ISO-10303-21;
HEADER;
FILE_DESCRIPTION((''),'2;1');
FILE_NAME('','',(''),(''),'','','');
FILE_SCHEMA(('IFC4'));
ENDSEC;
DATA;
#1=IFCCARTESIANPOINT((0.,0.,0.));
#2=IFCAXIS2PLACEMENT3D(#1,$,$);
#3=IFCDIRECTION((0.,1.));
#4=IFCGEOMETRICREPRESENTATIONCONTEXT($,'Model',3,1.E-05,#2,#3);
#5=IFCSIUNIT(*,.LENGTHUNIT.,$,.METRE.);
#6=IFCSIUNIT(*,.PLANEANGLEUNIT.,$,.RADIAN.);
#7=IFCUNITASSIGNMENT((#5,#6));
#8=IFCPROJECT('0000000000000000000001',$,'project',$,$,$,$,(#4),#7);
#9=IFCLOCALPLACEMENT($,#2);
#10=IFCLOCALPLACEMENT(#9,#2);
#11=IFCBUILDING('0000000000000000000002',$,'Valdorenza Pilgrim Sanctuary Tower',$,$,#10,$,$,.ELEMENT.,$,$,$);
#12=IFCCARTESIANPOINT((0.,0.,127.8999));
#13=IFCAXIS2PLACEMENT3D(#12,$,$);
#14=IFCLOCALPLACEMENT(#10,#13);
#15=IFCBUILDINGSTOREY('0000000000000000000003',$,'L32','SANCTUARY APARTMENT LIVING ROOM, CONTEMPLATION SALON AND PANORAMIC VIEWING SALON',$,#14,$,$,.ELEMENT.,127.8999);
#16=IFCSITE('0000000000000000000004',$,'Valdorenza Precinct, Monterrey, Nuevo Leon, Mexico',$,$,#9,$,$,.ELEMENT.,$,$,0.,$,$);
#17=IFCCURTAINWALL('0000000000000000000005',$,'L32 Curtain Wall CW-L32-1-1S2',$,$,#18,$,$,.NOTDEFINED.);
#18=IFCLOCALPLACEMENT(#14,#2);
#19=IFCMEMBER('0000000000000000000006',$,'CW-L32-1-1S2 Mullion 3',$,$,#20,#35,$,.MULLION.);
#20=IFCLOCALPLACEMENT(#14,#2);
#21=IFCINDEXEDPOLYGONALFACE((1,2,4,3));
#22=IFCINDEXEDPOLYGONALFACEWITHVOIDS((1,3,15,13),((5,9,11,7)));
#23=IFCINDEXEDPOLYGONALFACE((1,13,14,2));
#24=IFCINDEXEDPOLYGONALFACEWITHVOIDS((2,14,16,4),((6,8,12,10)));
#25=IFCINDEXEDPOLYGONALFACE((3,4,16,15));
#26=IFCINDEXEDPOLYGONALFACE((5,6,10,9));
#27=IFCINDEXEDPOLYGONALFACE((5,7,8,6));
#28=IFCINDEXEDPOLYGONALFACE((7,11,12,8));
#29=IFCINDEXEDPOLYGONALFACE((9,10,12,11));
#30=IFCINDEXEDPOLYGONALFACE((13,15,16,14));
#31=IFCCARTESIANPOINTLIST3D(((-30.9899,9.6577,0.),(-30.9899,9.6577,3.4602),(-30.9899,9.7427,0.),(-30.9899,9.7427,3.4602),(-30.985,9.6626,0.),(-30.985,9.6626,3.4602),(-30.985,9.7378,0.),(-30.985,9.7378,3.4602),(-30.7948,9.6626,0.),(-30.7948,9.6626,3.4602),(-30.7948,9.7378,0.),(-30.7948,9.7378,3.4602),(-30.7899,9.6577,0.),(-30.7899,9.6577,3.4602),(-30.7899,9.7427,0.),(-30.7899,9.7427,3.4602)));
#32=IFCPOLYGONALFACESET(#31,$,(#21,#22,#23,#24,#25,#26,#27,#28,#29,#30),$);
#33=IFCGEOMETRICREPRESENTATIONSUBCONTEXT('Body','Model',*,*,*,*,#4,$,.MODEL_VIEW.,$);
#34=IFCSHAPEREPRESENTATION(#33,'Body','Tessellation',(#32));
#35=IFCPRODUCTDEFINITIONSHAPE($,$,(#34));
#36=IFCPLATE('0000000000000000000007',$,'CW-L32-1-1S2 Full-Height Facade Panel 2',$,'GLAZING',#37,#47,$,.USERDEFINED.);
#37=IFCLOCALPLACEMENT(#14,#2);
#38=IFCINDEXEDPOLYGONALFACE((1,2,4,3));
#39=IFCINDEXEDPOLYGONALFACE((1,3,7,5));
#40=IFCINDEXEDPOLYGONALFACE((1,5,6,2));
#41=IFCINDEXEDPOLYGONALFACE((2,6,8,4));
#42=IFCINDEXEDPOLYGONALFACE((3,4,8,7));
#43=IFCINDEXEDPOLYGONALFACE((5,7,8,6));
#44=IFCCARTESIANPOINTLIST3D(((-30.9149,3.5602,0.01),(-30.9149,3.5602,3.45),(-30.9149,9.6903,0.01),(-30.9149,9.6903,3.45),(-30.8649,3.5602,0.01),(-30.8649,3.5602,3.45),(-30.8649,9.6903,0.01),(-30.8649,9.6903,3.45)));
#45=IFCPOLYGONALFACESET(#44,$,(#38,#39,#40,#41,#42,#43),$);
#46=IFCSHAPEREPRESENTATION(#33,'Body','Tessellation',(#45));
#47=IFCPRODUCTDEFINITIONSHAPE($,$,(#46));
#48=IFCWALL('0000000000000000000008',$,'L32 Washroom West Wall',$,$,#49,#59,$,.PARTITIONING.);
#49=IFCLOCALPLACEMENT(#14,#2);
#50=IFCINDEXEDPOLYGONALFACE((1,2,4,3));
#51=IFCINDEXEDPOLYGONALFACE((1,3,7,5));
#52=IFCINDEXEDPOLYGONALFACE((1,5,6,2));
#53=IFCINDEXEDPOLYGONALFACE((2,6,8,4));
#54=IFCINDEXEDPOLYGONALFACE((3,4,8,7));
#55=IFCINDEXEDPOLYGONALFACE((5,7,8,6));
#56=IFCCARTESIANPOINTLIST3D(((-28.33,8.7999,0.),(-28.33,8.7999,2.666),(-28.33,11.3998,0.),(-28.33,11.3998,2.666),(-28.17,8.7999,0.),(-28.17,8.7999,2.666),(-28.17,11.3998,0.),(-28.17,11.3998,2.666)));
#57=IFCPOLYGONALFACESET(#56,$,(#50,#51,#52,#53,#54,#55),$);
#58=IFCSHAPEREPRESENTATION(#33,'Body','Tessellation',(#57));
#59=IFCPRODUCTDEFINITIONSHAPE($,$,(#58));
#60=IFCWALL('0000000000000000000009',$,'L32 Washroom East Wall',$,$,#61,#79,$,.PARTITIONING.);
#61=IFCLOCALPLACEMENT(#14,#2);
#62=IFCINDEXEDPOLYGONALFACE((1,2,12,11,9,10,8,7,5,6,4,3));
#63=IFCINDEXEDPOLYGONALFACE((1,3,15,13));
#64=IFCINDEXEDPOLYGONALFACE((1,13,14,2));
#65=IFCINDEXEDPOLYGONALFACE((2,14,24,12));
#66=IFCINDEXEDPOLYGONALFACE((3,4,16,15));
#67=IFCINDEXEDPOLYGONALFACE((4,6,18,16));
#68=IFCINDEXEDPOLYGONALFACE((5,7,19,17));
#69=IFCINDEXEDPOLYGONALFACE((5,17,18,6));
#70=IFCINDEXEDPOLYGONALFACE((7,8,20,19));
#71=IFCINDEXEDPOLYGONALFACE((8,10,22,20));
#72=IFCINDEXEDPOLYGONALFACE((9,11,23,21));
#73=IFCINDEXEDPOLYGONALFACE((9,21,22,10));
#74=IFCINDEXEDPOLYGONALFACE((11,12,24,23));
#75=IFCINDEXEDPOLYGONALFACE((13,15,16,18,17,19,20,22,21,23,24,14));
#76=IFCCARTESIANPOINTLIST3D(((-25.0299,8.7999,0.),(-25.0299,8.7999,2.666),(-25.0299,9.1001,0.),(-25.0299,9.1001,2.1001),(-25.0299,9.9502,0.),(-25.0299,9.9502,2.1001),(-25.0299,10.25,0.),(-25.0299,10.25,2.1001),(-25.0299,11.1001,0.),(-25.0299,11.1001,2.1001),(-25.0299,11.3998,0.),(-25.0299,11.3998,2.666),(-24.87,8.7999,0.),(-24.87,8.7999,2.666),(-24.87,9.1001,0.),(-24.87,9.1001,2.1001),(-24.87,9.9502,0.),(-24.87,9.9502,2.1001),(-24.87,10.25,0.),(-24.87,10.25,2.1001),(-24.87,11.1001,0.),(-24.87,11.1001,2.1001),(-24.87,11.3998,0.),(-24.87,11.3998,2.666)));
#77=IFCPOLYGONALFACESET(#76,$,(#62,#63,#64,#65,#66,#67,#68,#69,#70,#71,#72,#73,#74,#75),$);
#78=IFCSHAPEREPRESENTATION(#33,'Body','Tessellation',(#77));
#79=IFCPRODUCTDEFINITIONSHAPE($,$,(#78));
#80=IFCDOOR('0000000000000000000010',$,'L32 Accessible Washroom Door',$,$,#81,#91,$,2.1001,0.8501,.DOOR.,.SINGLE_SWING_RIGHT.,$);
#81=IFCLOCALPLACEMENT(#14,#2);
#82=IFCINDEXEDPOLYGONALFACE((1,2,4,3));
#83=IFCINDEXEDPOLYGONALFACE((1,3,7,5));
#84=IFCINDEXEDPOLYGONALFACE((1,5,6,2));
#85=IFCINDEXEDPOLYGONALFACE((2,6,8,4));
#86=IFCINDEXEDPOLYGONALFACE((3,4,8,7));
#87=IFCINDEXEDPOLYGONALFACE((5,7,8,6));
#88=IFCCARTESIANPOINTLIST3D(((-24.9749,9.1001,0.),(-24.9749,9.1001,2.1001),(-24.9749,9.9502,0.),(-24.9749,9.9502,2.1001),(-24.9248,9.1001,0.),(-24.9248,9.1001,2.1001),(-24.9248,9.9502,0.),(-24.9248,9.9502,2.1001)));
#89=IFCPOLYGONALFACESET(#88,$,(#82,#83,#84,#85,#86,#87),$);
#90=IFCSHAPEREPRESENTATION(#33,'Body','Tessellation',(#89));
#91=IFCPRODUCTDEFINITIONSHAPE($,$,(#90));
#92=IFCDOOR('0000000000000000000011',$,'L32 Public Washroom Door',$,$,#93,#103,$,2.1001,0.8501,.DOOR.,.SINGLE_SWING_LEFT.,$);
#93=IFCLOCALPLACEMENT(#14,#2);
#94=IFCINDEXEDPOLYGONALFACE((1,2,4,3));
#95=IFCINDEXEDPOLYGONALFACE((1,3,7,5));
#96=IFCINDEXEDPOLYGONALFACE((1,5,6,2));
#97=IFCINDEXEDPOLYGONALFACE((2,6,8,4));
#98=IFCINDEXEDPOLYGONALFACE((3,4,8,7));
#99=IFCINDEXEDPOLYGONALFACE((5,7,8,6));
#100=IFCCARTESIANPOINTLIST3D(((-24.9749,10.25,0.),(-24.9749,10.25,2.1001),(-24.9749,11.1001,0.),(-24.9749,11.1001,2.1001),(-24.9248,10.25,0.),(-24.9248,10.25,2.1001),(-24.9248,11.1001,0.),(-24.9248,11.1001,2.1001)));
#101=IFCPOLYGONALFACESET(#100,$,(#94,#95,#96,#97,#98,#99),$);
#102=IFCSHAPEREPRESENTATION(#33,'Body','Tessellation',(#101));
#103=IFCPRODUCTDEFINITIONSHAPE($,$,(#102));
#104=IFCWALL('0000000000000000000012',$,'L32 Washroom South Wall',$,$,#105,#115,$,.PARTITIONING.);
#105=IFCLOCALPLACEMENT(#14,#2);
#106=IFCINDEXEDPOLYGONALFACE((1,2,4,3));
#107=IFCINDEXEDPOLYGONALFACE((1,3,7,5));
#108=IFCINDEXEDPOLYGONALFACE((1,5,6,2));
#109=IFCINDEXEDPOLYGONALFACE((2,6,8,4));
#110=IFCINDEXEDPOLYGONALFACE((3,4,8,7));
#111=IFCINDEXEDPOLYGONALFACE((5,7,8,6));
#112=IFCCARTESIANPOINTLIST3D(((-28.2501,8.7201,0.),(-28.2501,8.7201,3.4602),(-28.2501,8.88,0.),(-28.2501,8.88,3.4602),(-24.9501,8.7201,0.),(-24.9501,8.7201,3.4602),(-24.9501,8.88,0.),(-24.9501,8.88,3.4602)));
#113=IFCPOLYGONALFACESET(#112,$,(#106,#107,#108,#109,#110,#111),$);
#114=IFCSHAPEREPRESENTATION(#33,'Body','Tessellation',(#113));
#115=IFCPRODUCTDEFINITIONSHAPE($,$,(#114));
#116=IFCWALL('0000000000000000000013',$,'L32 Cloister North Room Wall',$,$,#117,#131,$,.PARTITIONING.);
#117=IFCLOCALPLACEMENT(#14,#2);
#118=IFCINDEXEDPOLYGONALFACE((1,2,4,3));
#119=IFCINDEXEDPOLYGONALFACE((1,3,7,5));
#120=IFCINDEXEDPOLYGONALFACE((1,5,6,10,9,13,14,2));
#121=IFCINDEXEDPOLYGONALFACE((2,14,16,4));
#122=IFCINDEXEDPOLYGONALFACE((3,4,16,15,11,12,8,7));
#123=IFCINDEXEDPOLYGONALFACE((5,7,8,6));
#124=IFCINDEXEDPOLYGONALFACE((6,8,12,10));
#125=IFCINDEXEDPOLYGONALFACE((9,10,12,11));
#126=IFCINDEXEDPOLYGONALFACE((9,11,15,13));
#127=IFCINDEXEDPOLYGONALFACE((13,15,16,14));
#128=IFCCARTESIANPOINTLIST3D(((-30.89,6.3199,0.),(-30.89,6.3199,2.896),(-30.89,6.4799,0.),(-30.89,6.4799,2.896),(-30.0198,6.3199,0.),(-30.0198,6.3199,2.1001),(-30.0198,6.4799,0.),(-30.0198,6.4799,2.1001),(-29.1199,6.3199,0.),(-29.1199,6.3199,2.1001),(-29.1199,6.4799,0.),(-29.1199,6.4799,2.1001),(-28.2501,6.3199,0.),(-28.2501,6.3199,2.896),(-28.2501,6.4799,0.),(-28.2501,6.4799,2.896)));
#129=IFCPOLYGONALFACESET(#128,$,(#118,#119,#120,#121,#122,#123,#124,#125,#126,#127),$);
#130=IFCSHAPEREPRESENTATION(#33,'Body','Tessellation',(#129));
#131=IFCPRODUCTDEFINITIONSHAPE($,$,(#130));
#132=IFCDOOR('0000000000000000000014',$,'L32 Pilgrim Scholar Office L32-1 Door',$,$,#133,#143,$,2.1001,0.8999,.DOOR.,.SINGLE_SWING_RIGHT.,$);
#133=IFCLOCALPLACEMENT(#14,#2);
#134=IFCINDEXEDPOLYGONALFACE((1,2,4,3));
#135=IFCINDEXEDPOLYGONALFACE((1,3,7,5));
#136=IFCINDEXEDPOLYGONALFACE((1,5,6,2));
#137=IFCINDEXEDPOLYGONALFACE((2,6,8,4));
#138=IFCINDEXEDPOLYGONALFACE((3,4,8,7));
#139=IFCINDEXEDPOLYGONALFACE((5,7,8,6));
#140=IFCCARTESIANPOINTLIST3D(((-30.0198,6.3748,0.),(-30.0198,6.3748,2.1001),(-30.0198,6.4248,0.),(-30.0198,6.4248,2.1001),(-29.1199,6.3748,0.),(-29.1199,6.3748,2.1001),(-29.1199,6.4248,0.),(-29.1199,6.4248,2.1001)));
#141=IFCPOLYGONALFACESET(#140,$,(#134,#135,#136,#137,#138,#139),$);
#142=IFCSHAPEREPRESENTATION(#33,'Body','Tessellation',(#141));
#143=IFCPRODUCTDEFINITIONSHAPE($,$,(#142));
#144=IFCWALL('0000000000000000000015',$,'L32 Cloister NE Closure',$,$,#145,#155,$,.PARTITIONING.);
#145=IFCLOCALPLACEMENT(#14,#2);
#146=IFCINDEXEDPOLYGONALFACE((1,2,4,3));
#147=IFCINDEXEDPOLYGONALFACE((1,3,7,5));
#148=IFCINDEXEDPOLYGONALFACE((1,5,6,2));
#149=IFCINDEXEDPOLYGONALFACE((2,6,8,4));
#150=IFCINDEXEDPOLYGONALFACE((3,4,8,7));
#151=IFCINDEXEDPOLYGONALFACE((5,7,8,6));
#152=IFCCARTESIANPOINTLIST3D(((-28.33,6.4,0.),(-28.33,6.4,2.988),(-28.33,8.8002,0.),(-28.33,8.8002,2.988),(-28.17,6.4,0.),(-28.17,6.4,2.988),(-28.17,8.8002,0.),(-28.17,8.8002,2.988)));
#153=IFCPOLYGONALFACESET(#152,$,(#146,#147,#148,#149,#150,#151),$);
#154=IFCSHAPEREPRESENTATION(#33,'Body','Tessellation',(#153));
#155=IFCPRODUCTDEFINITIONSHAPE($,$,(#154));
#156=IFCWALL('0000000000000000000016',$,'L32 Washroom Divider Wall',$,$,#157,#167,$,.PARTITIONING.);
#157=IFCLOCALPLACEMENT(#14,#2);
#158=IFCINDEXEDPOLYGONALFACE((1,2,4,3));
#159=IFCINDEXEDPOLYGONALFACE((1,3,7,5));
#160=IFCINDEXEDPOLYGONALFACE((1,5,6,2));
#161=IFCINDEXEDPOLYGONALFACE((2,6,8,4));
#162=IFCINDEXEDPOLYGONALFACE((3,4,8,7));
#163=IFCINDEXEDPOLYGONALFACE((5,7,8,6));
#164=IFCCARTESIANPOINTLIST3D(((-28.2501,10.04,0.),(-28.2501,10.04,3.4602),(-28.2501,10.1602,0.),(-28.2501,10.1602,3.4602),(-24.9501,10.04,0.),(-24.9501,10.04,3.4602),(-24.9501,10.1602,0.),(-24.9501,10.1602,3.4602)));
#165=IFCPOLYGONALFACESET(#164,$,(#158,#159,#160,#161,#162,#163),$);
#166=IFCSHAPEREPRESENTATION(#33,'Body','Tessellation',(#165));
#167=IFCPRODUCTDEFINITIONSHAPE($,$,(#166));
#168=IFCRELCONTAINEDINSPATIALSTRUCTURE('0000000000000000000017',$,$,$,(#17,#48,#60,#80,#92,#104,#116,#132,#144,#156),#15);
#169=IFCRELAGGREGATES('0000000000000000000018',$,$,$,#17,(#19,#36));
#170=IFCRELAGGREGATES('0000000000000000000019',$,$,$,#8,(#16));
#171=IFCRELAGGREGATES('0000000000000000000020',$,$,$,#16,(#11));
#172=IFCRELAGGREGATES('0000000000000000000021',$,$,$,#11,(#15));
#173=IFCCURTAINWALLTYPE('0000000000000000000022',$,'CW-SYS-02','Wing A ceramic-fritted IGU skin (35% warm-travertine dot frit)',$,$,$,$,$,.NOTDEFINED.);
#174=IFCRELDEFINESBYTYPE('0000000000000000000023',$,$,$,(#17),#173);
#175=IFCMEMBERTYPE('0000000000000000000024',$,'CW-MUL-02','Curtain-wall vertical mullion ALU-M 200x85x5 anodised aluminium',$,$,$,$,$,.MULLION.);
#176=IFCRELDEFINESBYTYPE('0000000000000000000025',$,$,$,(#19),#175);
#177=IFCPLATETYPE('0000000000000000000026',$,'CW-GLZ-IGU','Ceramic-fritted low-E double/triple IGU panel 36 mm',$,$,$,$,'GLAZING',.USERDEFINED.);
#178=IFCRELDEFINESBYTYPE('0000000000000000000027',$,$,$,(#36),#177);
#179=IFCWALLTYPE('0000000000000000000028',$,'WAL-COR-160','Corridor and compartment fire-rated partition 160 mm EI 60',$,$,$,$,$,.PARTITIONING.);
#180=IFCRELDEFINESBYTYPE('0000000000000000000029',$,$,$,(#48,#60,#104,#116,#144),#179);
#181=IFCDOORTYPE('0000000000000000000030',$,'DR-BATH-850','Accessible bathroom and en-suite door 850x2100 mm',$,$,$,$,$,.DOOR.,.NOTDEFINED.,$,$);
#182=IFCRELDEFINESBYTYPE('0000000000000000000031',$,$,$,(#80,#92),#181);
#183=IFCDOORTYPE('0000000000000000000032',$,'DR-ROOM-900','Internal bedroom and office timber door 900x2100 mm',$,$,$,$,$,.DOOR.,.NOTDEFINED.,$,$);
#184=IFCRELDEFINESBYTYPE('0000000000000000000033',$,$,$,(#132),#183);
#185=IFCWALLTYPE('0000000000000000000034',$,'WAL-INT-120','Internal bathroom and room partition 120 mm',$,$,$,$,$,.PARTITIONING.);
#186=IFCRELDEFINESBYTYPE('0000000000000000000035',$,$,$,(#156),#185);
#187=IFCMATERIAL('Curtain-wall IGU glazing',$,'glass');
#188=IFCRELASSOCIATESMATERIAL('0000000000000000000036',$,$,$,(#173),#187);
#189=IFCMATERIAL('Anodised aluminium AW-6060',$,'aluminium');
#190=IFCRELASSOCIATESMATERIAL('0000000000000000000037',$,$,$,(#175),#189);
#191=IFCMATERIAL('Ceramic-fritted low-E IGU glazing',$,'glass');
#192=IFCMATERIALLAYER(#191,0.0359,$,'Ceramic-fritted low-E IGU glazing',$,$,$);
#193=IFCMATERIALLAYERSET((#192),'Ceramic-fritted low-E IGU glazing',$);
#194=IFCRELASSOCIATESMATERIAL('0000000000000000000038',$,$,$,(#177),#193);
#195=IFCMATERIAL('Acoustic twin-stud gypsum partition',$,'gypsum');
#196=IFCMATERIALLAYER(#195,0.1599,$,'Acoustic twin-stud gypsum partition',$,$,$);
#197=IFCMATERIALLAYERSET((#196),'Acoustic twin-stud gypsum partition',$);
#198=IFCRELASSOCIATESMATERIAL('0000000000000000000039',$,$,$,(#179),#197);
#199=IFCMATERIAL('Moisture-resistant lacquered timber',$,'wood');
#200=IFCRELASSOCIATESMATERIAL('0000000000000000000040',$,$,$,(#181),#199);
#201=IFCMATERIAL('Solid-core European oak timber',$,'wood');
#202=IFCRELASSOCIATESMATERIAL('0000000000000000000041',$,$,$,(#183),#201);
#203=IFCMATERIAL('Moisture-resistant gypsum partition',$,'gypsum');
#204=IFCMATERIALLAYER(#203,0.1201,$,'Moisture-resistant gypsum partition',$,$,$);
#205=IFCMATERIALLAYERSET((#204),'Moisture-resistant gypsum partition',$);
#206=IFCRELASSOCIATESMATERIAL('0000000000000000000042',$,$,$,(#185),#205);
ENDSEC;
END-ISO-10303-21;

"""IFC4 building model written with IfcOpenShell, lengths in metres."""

from ifc_helpers import new_model, si_unit, direction, frame, frame_2d, origin, origin_2d, place, context, subcontext, project, spatial, rectangle, hollow_rectangle, extrude, source, transform, mapped, material, layer, layer_set, material_profile, profile_set, type_object, element, fill, aggregate, save


model = new_model("IFC4")

# Units and contexts
model_context = context("Model", 3, precision=1e-05, world=origin(), true_north=direction((0.0, 1.0)))
body_context = subcontext(model_context, "Body", "Model", "MODEL_VIEW")
ifc_project = project(units=[si_unit("LENGTHUNIT", "METRE"), si_unit("PLANEANGLEUNIT", "RADIAN")], contexts=[model_context])

# Site, building, storey
site_placement = place(None, origin())
site = spatial("IfcSite", under=ifc_project, at=site_placement, Name="Valdorenza Precinct, Monterrey, Nuevo Leon, Mexico", CompositionType="ELEMENT", RefElevation=0.0)
building_placement = place(site_placement, origin())
building = spatial("IfcBuilding", under=site, at=building_placement, Name="Valdorenza Pilgrim Sanctuary Tower", CompositionType="ELEMENT")
storey_placement = place(building_placement, frame((0.0, 0.0, 127.8999)))
storey = spatial("IfcBuildingStorey", under=building, at=storey_placement, Name="L32", Description="SANCTUARY APARTMENT LIVING ROOM, CONTEMPLATION SALON AND PANORAMIC VIEWING SALON", CompositionType="ELEMENT", Elevation=127.8999)

# Curtain wall, member, plate
ifc_material_1 = material(Name="Curtain-wall IGU glazing", Category="glass")
curtain_wall_type = type_object("IfcCurtainWallType", Name="CW-SYS-02", Description="Wing A ceramic-fritted IGU skin (35% warm-travertine dot frit)", PredefinedType="NOTDEFINED", material=ifc_material_1)
curtain_wall_placement = place(storey_placement, origin())
curtain_wall = element("IfcCurtainWall", 1, at=curtain_wall_placement, inside=storey, type_object=curtain_wall_type, Name="L32 Curtain Wall CW-L32-1-1S2", PredefinedType="NOTDEFINED")
ifc_material_2 = material(Name="Anodised aluminium AW-6060", Category="aluminium")
ifc_material_profile_1 = material_profile(ifc_material_2, hollow_rectangle(XDim=0.085, YDim=0.2, WallThickness=0.0049, at=origin_2d()), Name="ALU-M 200x85x5")
ifc_profile_set_1 = profile_set([ifc_material_profile_1], Name="Anodised aluminium AW-6060")
member_type = type_object("IfcMemberType", Name="CW-MUL-02", Description="Curtain-wall vertical mullion ALU-M 200x85x5 anodised aluminium", PredefinedType="MULLION", material=ifc_profile_set_1)
shared_shape_1 = source(origin(), body_context, "Body", "SweptSolid", [
    extrude(hollow_rectangle(XDim=0.085, YDim=0.2, WallThickness=0.0049, at=origin_2d()), origin(), (0.0, 0.0, 1.0), 3.4602),
])
member_placement = place(storey_placement, frame((-30.8899, 9.7002, 0.0), z_axis=(0.0, 0.0, 1.0), x_axis=(0.0, 1.0, 0.0)))
member = element("IfcMember", 2, at=member_placement, type_object=member_type, Name="CW-L32-1-1S2 Mullion 3", PredefinedType="MULLION", context=body_context, shape_type="MappedRepresentation", body=[
    mapped(shared_shape_1, transform((0.0, 0.0, 0.0), x_axis=(1.0, 0.0, 0.0), y_axis=(0.0, 1.0, 0.0), z_axis=(0.0, 0.0, 1.0), scale=1.0)),
])
ifc_material_3 = material(Name="Ceramic-fritted low-E IGU glazing", Category="glass")
ifc_layer_1 = layer(ifc_material_3, 0.0359, Name="Ceramic-fritted low-E IGU glazing")
ifc_layer_set_1 = layer_set([ifc_layer_1], Name="Ceramic-fritted low-E IGU glazing")
plate_type = type_object("IfcPlateType", Name="CW-GLZ-IGU", Description="Ceramic-fritted low-E double/triple IGU panel 36 mm", ElementType="GLAZING", PredefinedType="USERDEFINED", material=ifc_layer_set_1)
shared_shape_2 = source(origin(), body_context, "Body", "SweptSolid", [
    extrude(rectangle(XDim=6.1301, YDim=0.05, at=origin_2d()), origin(), (0.0, 0.0, 1.0), 3.4399),
])
plate_placement = place(storey_placement, frame((-30.8899, 6.6252, 0.01), z_axis=(0.0, 0.0, 1.0), x_axis=(0.0, 1.0, 0.0)))
plate = element("IfcPlate", 3, at=plate_placement, type_object=plate_type, Name="CW-L32-1-1S2 Full-Height Facade Panel 2", ObjectType="GLAZING", PredefinedType="USERDEFINED", context=body_context, shape_type="MappedRepresentation", body=[
    mapped(shared_shape_2, transform((0.0, 0.0, 0.0), x_axis=(1.0, 0.0, 0.0), y_axis=(0.0, 1.0, 0.0), z_axis=(0.0, 0.0, 1.0), scale=1.0)),
])
aggregate(curtain_wall, [member, plate])

# Wall
ifc_material_4 = material(Name="Acoustic twin-stud gypsum partition", Category="gypsum")
ifc_layer_2 = layer(ifc_material_4, 0.1599, Name="Acoustic twin-stud gypsum partition")
ifc_layer_set_2 = layer_set([ifc_layer_2], Name="Acoustic twin-stud gypsum partition")
wall_type_1 = type_object("IfcWallType", Name="WAL-COR-160", Description="Corridor and compartment fire-rated partition 160 mm EI 60", PredefinedType="PARTITIONING", material=ifc_layer_set_2)
wall_1_placement = place(storey_placement, frame((-28.25, 8.8, 0.0), z_axis=(0.0, 0.0, 1.0), x_axis=(0.0, 1.0, 0.0)))
element("IfcWall", 4, at=wall_1_placement, inside=storey, type_object=wall_type_1, Name="L32 Washroom West Wall", PredefinedType="PARTITIONING", context=body_context, shape_type="SweptSolid", body=[
    extrude(rectangle(XDim=2.5999, YDim=0.1599, at=frame_2d((1.2998, 0.0))), origin(), (0.0, 0.0, 1.0), 2.666),
])

# Wall, openings, doors
wall_2_placement = place(storey_placement, frame((-24.95, 8.8, 0.0), z_axis=(0.0, 0.0, 1.0), x_axis=(0.0, 1.0, 0.0)))
wall_2 = element("IfcWall", 5, at=wall_2_placement, inside=storey, type_object=wall_type_1, Name="L32 Washroom East Wall", PredefinedType="PARTITIONING", context=body_context, shape_type="SweptSolid", body=[
    extrude(rectangle(XDim=2.5999, YDim=0.1599, at=frame_2d((1.2998, 0.0))), origin(), (0.0, 0.0, 1.0), 2.666),
])
opening_1_placement = place(wall_2_placement, frame((0.3, 0.0, 0.0)))
opening_1 = element("IfcOpeningElement", 6, at=opening_1_placement, cuts=wall_2, PredefinedType="OPENING", context=body_context, shape_type="SweptSolid", body=[
    extrude(rectangle(XDim=0.8501, YDim=2.1001, at=frame_2d((0.425, 1.05))), frame((0.0, 0.0947, 0.0), z_axis=(0.0, -1.0, 0.0), x_axis=(1.0, 0.0, 0.0)), (0.0, 0.0, 1.0), 0.1897),
])
opening_2_placement = place(wall_2_placement, frame((1.45, 0.0, 0.0)))
opening_2 = element("IfcOpeningElement", 7, at=opening_2_placement, cuts=wall_2, PredefinedType="OPENING", context=body_context, shape_type="SweptSolid", body=[
    extrude(rectangle(XDim=0.8501, YDim=2.1001, at=frame_2d((0.425, 1.05))), frame((0.0, 0.0947, 0.0), z_axis=(0.0, -1.0, 0.0), x_axis=(1.0, 0.0, 0.0)), (0.0, 0.0, 1.0), 0.1897),
])
ifc_material_5 = material(Name="Moisture-resistant lacquered timber", Category="wood")
door_type_1 = type_object("IfcDoorType", Name="DR-BATH-850", Description="Accessible bathroom and en-suite door 850x2100 mm", OperationType="NOTDEFINED", PredefinedType="DOOR", material=ifc_material_5)
door_1_placement = place(opening_1_placement, origin())
door_1 = element("IfcDoor", 8, at=door_1_placement, inside=storey, type_object=door_type_1, Name="L32 Accessible Washroom Door", OperationType="SINGLE_SWING_RIGHT", OverallHeight=2.1001, OverallWidth=0.8501, PredefinedType="DOOR", context=body_context, shape_type="SweptSolid", body=[
    extrude(rectangle(XDim=0.8501, YDim=2.1001, at=frame_2d((0.425, 1.05))), frame((0.0, 0.0249, 0.0), z_axis=(0.0, -1.0, 0.0), x_axis=(1.0, 0.0, 0.0)), (0.0, 0.0, 1.0), 0.05),
])
fill(opening_1, door_1)
door_2_placement = place(opening_2_placement, origin())
door_2 = element("IfcDoor", 9, at=door_2_placement, inside=storey, type_object=door_type_1, Name="L32 Public Washroom Door", OperationType="SINGLE_SWING_LEFT", OverallHeight=2.1001, OverallWidth=0.8501, PredefinedType="DOOR", context=body_context, shape_type="SweptSolid", body=[
    extrude(rectangle(XDim=0.8501, YDim=2.1001, at=frame_2d((0.425, 1.05))), frame((0.0, 0.0249, 0.0), z_axis=(0.0, -1.0, 0.0), x_axis=(1.0, 0.0, 0.0)), (0.0, 0.0, 1.0), 0.05),
])
fill(opening_2, door_2)

# Wall
wall_3_placement = place(storey_placement, frame((-28.25, 8.8, 0.0), z_axis=(0.0, 0.0, 1.0), x_axis=(1.0, 0.0, 0.0)))
element("IfcWall", 10, at=wall_3_placement, inside=storey, type_object=wall_type_1, Name="L32 Washroom South Wall", PredefinedType="PARTITIONING", context=body_context, shape_type="SweptSolid", body=[
    extrude(rectangle(XDim=3.3, YDim=0.1599, at=frame_2d((1.6499, 0.0))), origin(), (0.0, 0.0, 1.0), 3.4602),
])

# Wall, opening, door
wall_4_placement = place(storey_placement, frame((-30.8899, 6.3999, 0.0), z_axis=(0.0, 0.0, 1.0), x_axis=(1.0, 0.0, 0.0)))
wall_4 = element("IfcWall", 11, at=wall_4_placement, inside=storey, type_object=wall_type_1, Name="L32 Cloister North Room Wall", PredefinedType="PARTITIONING", context=body_context, shape_type="SweptSolid", body=[
    extrude(rectangle(XDim=2.6399, YDim=0.1599, at=frame_2d((1.3198, 0.0))), origin(), (0.0, 0.0, 1.0), 2.896),
])
opening_3_placement = place(wall_4_placement, frame((0.8701, 0.0, 0.0)))
opening_3 = element("IfcOpeningElement", 12, at=opening_3_placement, cuts=wall_4, PredefinedType="OPENING", context=body_context, shape_type="SweptSolid", body=[
    extrude(rectangle(XDim=0.8999, YDim=2.1001, at=frame_2d((0.45, 1.05))), frame((0.0, 0.0947, 0.0), z_axis=(0.0, -1.0, 0.0), x_axis=(1.0, 0.0, 0.0)), (0.0, 0.0, 1.0), 0.1897),
])
ifc_material_6 = material(Name="Solid-core European oak timber", Category="wood")
door_type_2 = type_object("IfcDoorType", Name="DR-ROOM-900", Description="Internal bedroom and office timber door 900x2100 mm", OperationType="NOTDEFINED", PredefinedType="DOOR", material=ifc_material_6)
door_3_placement = place(opening_3_placement, origin())
door_3 = element("IfcDoor", 13, at=door_3_placement, inside=storey, type_object=door_type_2, Name="L32 Pilgrim Scholar Office L32-1 Door", OperationType="SINGLE_SWING_RIGHT", OverallHeight=2.1001, OverallWidth=0.8999, PredefinedType="DOOR", context=body_context, shape_type="SweptSolid", body=[
    extrude(rectangle(XDim=0.8999, YDim=2.1001, at=frame_2d((0.45, 1.05))), frame((0.0, 0.0249, 0.0), z_axis=(0.0, -1.0, 0.0), x_axis=(1.0, 0.0, 0.0)), (0.0, 0.0, 1.0), 0.05),
])
fill(opening_3, door_3)

# Walls
wall_5_placement = place(storey_placement, frame((-28.25, 6.3999, 0.0), z_axis=(0.0, 0.0, 1.0), x_axis=(0.0, 1.0, 0.0)))
element("IfcWall", 14, at=wall_5_placement, inside=storey, type_object=wall_type_1, Name="L32 Cloister NE Closure", PredefinedType="PARTITIONING", context=body_context, shape_type="SweptSolid", body=[
    extrude(rectangle(XDim=2.4001, YDim=0.1599, at=frame_2d((1.2002, 0.0))), origin(), (0.0, 0.0, 1.0), 2.988),
])
ifc_material_7 = material(Name="Moisture-resistant gypsum partition", Category="gypsum")
ifc_layer_3 = layer(ifc_material_7, 0.1201, Name="Moisture-resistant gypsum partition")
ifc_layer_set_3 = layer_set([ifc_layer_3], Name="Moisture-resistant gypsum partition")
wall_type_2 = type_object("IfcWallType", Name="WAL-INT-120", Description="Internal bathroom and room partition 120 mm", PredefinedType="PARTITIONING", material=ifc_layer_set_3)
wall_6_placement = place(storey_placement, frame((-28.25, 10.1001, 0.0), z_axis=(0.0, 0.0, 1.0), x_axis=(1.0, 0.0, 0.0)))
element("IfcWall", 15, at=wall_6_placement, inside=storey, type_object=wall_type_2, Name="L32 Washroom Divider Wall", PredefinedType="PARTITIONING", context=body_context, shape_type="SweptSolid", body=[
    extrude(rectangle(XDim=3.3, YDim=0.1201, at=frame_2d((1.6499, 0.0))), origin(), (0.0, 0.0, 1.0), 3.4602),
])

save(model, "model.ifc")
